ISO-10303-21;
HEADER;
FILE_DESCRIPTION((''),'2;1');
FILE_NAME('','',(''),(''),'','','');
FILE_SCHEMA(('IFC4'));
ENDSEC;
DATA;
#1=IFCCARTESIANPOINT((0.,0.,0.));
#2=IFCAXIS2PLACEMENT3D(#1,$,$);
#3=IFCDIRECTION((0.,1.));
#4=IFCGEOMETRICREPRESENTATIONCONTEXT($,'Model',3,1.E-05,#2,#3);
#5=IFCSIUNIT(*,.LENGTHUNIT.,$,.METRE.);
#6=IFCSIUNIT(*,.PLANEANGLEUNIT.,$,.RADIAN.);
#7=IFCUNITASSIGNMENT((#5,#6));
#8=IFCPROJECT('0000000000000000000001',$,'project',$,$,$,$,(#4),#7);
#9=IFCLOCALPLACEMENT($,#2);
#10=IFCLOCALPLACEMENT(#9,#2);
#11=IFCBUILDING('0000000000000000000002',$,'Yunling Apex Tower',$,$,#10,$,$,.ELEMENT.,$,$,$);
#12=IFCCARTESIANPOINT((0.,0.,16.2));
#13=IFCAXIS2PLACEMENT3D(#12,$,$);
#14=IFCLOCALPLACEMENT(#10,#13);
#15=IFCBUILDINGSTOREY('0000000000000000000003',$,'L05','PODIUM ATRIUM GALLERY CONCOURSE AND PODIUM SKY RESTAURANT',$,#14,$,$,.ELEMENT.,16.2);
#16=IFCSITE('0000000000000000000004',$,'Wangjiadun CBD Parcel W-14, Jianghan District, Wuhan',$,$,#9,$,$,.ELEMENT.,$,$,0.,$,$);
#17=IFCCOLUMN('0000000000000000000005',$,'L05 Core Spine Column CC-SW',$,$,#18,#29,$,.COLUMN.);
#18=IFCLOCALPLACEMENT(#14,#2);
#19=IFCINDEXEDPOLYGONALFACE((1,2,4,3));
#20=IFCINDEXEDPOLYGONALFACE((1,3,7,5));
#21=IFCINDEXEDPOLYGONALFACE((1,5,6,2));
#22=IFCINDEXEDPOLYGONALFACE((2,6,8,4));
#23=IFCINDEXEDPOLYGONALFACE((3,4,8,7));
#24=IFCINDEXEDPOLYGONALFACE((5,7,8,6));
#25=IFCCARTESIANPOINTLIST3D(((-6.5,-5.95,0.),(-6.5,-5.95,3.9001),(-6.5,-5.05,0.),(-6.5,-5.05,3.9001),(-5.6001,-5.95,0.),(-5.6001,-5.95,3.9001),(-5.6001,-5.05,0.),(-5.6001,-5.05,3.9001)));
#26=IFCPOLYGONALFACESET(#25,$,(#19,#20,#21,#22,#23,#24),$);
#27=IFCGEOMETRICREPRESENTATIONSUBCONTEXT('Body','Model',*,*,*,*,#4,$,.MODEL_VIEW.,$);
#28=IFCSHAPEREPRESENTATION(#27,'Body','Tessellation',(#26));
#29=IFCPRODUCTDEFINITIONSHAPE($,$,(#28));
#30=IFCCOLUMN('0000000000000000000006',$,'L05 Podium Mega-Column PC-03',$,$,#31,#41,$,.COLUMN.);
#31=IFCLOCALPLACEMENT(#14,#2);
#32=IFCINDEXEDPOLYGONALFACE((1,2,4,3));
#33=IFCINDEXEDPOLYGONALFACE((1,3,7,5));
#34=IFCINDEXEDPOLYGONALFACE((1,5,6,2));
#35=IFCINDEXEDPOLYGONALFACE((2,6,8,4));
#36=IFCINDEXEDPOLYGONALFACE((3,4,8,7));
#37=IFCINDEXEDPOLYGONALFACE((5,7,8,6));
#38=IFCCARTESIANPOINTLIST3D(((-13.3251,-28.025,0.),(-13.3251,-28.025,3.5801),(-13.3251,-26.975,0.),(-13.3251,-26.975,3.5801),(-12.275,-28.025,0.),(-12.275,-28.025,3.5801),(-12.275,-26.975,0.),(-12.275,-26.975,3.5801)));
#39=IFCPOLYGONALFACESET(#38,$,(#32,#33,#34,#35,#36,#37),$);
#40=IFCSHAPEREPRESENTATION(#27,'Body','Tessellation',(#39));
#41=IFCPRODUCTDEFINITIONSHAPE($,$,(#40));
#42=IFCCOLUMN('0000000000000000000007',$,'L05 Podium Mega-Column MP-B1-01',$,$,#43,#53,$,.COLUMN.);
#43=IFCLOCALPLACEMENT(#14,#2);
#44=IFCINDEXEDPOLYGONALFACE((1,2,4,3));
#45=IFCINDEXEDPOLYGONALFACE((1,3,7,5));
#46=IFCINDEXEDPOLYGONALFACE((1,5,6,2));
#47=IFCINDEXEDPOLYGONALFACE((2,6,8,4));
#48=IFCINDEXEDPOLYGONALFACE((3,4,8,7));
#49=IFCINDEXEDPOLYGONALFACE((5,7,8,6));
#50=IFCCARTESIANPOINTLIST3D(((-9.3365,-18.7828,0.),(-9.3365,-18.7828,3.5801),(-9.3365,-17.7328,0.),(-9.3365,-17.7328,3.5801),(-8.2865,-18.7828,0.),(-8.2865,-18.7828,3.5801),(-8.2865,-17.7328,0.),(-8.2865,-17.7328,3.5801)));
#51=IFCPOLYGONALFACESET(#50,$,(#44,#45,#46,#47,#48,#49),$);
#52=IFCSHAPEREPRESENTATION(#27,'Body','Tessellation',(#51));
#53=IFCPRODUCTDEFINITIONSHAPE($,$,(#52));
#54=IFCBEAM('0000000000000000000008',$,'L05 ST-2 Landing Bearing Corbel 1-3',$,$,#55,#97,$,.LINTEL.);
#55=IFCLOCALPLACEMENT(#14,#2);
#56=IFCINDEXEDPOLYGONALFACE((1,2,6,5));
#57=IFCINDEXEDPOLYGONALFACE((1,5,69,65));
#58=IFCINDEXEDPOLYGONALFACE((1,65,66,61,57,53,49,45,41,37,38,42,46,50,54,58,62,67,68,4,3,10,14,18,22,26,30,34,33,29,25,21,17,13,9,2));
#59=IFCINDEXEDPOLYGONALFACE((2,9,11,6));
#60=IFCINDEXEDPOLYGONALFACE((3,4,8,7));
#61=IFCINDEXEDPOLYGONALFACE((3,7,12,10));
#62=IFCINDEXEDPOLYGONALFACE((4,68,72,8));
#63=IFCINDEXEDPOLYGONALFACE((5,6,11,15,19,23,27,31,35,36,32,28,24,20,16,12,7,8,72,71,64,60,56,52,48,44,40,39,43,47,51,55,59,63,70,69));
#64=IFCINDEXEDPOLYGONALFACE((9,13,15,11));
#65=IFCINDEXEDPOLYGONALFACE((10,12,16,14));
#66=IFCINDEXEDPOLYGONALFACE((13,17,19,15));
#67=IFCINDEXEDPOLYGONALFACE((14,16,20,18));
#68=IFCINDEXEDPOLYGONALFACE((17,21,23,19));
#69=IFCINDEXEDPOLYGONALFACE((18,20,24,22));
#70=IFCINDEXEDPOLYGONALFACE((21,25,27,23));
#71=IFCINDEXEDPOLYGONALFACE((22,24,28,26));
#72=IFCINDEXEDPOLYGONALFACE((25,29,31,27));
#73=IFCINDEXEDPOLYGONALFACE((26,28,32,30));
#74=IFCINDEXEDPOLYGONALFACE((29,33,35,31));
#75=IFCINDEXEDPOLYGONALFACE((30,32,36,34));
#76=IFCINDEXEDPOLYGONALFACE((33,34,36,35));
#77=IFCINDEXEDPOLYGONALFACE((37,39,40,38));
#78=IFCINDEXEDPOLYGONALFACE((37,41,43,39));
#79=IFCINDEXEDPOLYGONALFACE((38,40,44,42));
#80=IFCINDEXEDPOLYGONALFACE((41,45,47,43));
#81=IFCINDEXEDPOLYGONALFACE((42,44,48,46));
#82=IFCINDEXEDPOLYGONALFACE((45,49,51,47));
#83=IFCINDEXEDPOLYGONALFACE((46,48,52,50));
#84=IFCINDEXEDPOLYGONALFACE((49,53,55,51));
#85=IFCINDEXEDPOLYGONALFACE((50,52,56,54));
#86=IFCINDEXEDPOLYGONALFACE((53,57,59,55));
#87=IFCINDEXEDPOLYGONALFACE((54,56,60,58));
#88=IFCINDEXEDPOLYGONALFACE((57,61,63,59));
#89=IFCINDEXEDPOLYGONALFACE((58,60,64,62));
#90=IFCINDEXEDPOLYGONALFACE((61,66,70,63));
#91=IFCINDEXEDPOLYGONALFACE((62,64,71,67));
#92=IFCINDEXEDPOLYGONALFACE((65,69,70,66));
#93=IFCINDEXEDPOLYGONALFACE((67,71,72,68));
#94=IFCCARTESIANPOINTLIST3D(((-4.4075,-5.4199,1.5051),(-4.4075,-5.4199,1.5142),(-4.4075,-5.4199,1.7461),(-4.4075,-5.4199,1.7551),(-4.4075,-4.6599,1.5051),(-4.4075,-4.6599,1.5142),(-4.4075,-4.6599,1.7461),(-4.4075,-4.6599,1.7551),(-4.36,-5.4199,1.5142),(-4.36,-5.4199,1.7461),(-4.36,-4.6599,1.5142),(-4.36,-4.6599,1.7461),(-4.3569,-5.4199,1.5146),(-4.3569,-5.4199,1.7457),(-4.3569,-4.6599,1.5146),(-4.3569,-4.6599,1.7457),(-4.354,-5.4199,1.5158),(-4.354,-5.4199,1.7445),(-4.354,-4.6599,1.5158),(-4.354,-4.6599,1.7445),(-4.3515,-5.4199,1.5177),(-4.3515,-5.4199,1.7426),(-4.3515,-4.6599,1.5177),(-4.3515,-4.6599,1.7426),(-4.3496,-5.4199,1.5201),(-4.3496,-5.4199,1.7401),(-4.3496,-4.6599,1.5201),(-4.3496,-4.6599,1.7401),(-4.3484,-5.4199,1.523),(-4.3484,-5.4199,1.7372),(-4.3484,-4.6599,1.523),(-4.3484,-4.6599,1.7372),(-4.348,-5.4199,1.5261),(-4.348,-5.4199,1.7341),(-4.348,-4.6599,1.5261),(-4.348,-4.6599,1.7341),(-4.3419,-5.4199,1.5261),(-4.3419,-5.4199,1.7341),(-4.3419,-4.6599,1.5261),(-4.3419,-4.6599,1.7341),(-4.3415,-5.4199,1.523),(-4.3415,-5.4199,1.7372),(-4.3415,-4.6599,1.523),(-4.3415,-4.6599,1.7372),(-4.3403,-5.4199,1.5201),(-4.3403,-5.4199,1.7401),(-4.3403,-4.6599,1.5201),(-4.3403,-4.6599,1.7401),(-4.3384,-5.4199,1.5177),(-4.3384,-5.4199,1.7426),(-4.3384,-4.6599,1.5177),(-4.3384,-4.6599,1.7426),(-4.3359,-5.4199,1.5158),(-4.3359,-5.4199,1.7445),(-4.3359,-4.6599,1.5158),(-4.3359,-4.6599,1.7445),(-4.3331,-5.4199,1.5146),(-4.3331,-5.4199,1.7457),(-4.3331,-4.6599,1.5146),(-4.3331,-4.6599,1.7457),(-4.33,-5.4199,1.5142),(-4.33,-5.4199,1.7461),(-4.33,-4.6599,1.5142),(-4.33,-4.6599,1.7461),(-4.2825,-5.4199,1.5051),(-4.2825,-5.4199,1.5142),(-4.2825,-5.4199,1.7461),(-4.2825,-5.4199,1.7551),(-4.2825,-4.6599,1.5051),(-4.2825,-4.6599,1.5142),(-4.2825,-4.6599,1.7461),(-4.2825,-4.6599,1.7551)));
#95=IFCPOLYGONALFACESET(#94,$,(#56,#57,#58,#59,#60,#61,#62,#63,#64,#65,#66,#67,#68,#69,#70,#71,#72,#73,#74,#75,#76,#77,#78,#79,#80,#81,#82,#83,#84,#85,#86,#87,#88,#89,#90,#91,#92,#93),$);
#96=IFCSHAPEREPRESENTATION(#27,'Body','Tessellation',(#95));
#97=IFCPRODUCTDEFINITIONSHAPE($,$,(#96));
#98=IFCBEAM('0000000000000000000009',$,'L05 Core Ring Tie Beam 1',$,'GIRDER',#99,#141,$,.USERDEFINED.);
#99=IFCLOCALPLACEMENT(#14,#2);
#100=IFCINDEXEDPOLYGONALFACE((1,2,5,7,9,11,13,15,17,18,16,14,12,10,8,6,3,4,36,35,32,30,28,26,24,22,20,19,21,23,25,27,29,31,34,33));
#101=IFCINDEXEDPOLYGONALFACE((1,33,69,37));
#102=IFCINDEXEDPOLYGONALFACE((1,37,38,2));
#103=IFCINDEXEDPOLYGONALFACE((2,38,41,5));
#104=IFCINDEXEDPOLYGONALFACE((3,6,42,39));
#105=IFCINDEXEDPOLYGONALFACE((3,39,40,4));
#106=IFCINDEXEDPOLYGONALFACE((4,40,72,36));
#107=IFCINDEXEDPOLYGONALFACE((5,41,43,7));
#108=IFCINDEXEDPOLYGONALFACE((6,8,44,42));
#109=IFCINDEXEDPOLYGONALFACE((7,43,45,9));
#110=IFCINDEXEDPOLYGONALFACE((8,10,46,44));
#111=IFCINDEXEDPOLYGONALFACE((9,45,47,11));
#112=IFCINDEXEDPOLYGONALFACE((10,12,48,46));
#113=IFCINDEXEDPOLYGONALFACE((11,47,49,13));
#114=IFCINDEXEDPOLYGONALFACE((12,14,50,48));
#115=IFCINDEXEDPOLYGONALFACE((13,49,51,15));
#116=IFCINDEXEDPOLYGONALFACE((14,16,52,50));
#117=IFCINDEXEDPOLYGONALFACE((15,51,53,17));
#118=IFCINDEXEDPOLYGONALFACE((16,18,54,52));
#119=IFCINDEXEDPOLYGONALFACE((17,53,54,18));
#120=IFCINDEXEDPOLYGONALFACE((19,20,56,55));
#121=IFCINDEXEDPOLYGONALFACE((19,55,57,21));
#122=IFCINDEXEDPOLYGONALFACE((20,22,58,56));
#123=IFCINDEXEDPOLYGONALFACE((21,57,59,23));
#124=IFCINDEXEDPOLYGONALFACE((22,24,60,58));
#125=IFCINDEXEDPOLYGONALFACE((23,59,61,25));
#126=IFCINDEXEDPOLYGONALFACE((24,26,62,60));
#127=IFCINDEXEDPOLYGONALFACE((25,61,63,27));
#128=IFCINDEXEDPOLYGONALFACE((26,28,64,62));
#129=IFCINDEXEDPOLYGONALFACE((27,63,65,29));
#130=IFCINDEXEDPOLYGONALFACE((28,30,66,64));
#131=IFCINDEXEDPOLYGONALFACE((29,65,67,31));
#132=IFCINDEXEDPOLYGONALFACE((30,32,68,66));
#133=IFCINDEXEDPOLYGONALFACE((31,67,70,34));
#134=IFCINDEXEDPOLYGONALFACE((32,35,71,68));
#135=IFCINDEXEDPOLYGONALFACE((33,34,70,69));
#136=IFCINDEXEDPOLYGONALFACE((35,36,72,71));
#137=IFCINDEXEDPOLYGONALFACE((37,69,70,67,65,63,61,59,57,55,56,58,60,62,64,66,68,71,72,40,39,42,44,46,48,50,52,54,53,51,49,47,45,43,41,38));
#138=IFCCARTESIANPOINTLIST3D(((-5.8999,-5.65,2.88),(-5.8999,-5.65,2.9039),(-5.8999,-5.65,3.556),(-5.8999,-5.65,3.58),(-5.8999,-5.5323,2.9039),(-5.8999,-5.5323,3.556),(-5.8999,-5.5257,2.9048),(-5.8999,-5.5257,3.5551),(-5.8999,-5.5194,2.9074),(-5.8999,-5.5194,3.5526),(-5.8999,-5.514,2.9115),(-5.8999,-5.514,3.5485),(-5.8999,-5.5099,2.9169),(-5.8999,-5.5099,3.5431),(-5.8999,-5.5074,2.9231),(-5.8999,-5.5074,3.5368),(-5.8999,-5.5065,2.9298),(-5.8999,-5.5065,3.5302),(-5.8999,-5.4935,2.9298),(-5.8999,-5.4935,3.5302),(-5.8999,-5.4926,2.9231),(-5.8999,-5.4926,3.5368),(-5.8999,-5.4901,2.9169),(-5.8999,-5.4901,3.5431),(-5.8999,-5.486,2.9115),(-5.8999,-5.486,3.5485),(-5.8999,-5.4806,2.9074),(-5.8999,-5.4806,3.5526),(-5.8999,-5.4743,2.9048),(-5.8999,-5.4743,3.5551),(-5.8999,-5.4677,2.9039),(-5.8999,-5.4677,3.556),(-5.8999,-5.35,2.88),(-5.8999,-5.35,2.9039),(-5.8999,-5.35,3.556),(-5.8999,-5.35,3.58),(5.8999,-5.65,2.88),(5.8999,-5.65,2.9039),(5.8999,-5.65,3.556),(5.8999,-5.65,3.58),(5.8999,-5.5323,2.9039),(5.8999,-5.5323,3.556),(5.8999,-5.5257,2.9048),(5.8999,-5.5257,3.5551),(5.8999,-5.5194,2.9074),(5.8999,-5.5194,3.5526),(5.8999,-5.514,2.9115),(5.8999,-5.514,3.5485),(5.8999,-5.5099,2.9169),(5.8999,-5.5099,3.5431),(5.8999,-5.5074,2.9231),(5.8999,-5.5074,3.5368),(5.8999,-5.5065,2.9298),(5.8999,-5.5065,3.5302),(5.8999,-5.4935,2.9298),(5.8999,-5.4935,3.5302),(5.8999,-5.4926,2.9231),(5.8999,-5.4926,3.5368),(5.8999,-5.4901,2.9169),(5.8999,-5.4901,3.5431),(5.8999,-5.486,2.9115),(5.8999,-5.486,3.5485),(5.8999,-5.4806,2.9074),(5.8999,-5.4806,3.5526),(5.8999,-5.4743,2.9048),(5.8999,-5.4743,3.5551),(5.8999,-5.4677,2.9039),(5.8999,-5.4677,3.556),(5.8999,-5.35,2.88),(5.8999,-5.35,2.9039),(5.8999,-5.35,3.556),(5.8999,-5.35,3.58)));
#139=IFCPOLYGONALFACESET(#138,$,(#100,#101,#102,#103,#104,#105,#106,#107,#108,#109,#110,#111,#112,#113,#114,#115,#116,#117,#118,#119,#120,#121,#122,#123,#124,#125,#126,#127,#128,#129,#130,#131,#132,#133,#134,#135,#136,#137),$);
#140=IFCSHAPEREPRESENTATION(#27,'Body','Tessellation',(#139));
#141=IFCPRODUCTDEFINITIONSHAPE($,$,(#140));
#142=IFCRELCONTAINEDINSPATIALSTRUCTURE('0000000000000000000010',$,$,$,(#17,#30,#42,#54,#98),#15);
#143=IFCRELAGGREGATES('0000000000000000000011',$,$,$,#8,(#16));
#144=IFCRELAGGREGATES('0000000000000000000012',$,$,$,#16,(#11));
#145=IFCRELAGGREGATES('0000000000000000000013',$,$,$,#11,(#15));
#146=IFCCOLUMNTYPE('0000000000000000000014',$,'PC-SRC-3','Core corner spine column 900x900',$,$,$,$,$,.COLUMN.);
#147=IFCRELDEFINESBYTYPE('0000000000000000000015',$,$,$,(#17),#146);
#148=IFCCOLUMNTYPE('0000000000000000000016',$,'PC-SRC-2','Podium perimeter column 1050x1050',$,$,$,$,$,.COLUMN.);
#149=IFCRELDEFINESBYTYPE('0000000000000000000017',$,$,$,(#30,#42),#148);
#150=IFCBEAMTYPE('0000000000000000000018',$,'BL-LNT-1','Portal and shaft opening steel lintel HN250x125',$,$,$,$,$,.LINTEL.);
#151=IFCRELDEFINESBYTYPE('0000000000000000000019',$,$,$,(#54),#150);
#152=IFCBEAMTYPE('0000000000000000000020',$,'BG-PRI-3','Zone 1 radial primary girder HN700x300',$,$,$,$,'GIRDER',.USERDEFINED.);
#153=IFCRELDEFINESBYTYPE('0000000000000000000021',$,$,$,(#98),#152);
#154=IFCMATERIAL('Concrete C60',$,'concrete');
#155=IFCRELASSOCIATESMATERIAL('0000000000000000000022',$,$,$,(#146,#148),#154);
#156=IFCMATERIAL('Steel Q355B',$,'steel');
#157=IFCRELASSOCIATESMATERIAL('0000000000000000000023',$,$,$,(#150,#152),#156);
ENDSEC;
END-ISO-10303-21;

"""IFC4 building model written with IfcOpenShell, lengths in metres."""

from ifc_helpers import new_model, si_unit, direction, frame, origin, origin_2d, place, context, subcontext, project, spatial, rectangle, i_section, extrude, source, transform, mapped, material, material_profile, profile_set, type_object, element, save


model = new_model("IFC4")

# Units and contexts
model_context = context("Model", 3, precision=1e-05, world=origin(), true_north=direction((0.0, 1.0)))
body_context = subcontext(model_context, "Body", "Model", "MODEL_VIEW")
ifc_project = project(units=[si_unit("LENGTHUNIT", "METRE"), si_unit("PLANEANGLEUNIT", "RADIAN")], contexts=[model_context])

# Site, building, storey
site_placement = place(None, origin())
site = spatial("IfcSite", under=ifc_project, at=site_placement, Name="Wangjiadun CBD Parcel W-14, Jianghan District, Wuhan", CompositionType="ELEMENT", RefElevation=0.0)
building_placement = place(site_placement, origin())
building = spatial("IfcBuilding", under=site, at=building_placement, Name="Yunling Apex Tower", CompositionType="ELEMENT")
storey_placement = place(building_placement, frame((0.0, 0.0, 16.2)))
storey = spatial("IfcBuildingStorey", under=building, at=storey_placement, Name="L05", Description="PODIUM ATRIUM GALLERY CONCOURSE AND PODIUM SKY RESTAURANT", CompositionType="ELEMENT", Elevation=16.2)

# Columns
ifc_material_1 = material(Name="Concrete C60", Category="concrete")
ifc_material_profile_1 = material_profile(ifc_material_1, rectangle(XDim=0.8999, YDim=0.8999, at=origin_2d()))
ifc_profile_set_1 = profile_set([ifc_material_profile_1], Name="Concrete C60")
column_type_1 = type_object("IfcColumnType", Name="PC-SRC-3", Description="Core corner spine column 900x900", PredefinedType="COLUMN", material=ifc_profile_set_1)
shared_shape_1 = source(origin(), body_context, "Body", "SweptSolid", [
    extrude(rectangle(XDim=0.8999, YDim=0.8999, at=origin_2d()), origin(), (0.0, 0.0, 1.0), 3.9001),
])
column_placement = place(storey_placement, frame((-6.05, -5.5, 0.0), z_axis=(0.0, 0.0, 1.0), x_axis=(1.0, 0.0, 0.0)))
element("IfcColumn", 1, at=column_placement, inside=storey, type_object=column_type_1, Name="L05 Core Spine Column CC-SW", PredefinedType="COLUMN", context=body_context, shape_type="MappedRepresentation", body=[
    mapped(shared_shape_1, transform((0.0, 0.0, 0.0), scale=1.0)),
])
ifc_material_profile_2 = material_profile(ifc_material_1, rectangle(XDim=1.05, YDim=1.05, at=origin_2d()))
ifc_profile_set_2 = profile_set([ifc_material_profile_2], Name="Concrete C60")
column_type_2 = type_object("IfcColumnType", Name="PC-SRC-2", Description="Podium perimeter column 1050x1050", PredefinedType="COLUMN", material=ifc_profile_set_2)
shared_shape_2 = source(origin(), body_context, "Body", "SweptSolid", [
    extrude(rectangle(XDim=1.05, YDim=1.05, at=origin_2d()), origin(), (0.0, 0.0, 1.0), 3.5801),
])
for number, where, z_axis, x_axis, name in (
    (2, (-12.8, -27.5, 0.0), (0.0, 0.0, 1.0), (1.0, 0.0, 0.0), "L05 Podium Mega-Column PC-03"),
    (3, (-8.8115, -18.2578, 0.0), (0.0, 0.0, 1.0), (1.0, 0.0, 0.0), "L05 Podium Mega-Column MP-B1-01"),
):
    element("IfcColumn", number, at=place(storey_placement, frame(where, z_axis=z_axis, x_axis=x_axis)), inside=storey, type_object=column_type_2, Name=name, PredefinedType="COLUMN", context=body_context, shape_type="MappedRepresentation", body=[
        mapped(shared_shape_2, transform((0.0, 0.0, 0.0), scale=1.0)),
    ])

# Beams
ifc_material_2 = material(Name="Steel Q355B", Category="steel")
ifc_material_profile_3 = material_profile(ifc_material_2, i_section(OverallWidth=0.125, OverallDepth=0.25, WebThickness=0.0061, FlangeThickness=0.009, FilletRadius=0.012, at=origin_2d()))
ifc_profile_set_3 = profile_set([ifc_material_profile_3], Name="Steel Q355B")
beam_type_1 = type_object("IfcBeamType", Name="BL-LNT-1", Description="Portal and shaft opening steel lintel HN250x125", PredefinedType="LINTEL", material=ifc_profile_set_3)
shared_shape_3 = source(origin(), body_context, "Body", "SweptSolid", [
    extrude(i_section(OverallWidth=0.125, OverallDepth=0.25, WebThickness=0.0061, FlangeThickness=0.009, FilletRadius=0.012, at=origin_2d()), origin(), (0.0, 0.0, 1.0), 0.76),
])
beam_1_placement = place(storey_placement, frame((-4.345, -5.4199, 1.6301), z_axis=(0.0, 1.0, 0.0), x_axis=(-1.0, 0.0, 0.0)))
element("IfcBeam", 4, at=beam_1_placement, inside=storey, type_object=beam_type_1, Name="L05 ST-2 Landing Bearing Corbel 1-3", PredefinedType="LINTEL", context=body_context, shape_type="MappedRepresentation", body=[
    mapped(shared_shape_3, transform((0.0, 0.0, 0.0), scale=1.0)),
])
ifc_material_profile_4 = material_profile(ifc_material_2, i_section(OverallWidth=0.3, OverallDepth=0.7, WebThickness=0.0129, FlangeThickness=0.0239, FilletRadius=0.0259, at=origin_2d()))
ifc_profile_set_4 = profile_set([ifc_material_profile_4], Name="Steel Q355B")
beam_type_2 = type_object("IfcBeamType", Name="BG-PRI-3", Description="Zone 1 radial primary girder HN700x300", ElementType="GIRDER", PredefinedType="USERDEFINED", material=ifc_profile_set_4)
shared_shape_4 = source(origin(), body_context, "Body", "SweptSolid", [
    extrude(i_section(OverallWidth=0.3, OverallDepth=0.7, WebThickness=0.0129, FlangeThickness=0.0239, FilletRadius=0.0259, at=origin_2d()), origin(), (0.0, 0.0, 1.0), 11.7998),
])
beam_2_placement = place(storey_placement, frame((-5.8999, -5.5, 3.23), z_axis=(1.0, 0.0, 0.0), x_axis=(0.0, 1.0, 0.0)))
element("IfcBeam", 5, at=beam_2_placement, inside=storey, type_object=beam_type_2, Name="L05 Core Ring Tie Beam 1", ObjectType="GIRDER", PredefinedType="USERDEFINED", context=body_context, shape_type="MappedRepresentation", body=[
    mapped(shared_shape_4, transform((0.0, 0.0, 0.0), scale=1.0)),
])

save(model, "model.ifc")
